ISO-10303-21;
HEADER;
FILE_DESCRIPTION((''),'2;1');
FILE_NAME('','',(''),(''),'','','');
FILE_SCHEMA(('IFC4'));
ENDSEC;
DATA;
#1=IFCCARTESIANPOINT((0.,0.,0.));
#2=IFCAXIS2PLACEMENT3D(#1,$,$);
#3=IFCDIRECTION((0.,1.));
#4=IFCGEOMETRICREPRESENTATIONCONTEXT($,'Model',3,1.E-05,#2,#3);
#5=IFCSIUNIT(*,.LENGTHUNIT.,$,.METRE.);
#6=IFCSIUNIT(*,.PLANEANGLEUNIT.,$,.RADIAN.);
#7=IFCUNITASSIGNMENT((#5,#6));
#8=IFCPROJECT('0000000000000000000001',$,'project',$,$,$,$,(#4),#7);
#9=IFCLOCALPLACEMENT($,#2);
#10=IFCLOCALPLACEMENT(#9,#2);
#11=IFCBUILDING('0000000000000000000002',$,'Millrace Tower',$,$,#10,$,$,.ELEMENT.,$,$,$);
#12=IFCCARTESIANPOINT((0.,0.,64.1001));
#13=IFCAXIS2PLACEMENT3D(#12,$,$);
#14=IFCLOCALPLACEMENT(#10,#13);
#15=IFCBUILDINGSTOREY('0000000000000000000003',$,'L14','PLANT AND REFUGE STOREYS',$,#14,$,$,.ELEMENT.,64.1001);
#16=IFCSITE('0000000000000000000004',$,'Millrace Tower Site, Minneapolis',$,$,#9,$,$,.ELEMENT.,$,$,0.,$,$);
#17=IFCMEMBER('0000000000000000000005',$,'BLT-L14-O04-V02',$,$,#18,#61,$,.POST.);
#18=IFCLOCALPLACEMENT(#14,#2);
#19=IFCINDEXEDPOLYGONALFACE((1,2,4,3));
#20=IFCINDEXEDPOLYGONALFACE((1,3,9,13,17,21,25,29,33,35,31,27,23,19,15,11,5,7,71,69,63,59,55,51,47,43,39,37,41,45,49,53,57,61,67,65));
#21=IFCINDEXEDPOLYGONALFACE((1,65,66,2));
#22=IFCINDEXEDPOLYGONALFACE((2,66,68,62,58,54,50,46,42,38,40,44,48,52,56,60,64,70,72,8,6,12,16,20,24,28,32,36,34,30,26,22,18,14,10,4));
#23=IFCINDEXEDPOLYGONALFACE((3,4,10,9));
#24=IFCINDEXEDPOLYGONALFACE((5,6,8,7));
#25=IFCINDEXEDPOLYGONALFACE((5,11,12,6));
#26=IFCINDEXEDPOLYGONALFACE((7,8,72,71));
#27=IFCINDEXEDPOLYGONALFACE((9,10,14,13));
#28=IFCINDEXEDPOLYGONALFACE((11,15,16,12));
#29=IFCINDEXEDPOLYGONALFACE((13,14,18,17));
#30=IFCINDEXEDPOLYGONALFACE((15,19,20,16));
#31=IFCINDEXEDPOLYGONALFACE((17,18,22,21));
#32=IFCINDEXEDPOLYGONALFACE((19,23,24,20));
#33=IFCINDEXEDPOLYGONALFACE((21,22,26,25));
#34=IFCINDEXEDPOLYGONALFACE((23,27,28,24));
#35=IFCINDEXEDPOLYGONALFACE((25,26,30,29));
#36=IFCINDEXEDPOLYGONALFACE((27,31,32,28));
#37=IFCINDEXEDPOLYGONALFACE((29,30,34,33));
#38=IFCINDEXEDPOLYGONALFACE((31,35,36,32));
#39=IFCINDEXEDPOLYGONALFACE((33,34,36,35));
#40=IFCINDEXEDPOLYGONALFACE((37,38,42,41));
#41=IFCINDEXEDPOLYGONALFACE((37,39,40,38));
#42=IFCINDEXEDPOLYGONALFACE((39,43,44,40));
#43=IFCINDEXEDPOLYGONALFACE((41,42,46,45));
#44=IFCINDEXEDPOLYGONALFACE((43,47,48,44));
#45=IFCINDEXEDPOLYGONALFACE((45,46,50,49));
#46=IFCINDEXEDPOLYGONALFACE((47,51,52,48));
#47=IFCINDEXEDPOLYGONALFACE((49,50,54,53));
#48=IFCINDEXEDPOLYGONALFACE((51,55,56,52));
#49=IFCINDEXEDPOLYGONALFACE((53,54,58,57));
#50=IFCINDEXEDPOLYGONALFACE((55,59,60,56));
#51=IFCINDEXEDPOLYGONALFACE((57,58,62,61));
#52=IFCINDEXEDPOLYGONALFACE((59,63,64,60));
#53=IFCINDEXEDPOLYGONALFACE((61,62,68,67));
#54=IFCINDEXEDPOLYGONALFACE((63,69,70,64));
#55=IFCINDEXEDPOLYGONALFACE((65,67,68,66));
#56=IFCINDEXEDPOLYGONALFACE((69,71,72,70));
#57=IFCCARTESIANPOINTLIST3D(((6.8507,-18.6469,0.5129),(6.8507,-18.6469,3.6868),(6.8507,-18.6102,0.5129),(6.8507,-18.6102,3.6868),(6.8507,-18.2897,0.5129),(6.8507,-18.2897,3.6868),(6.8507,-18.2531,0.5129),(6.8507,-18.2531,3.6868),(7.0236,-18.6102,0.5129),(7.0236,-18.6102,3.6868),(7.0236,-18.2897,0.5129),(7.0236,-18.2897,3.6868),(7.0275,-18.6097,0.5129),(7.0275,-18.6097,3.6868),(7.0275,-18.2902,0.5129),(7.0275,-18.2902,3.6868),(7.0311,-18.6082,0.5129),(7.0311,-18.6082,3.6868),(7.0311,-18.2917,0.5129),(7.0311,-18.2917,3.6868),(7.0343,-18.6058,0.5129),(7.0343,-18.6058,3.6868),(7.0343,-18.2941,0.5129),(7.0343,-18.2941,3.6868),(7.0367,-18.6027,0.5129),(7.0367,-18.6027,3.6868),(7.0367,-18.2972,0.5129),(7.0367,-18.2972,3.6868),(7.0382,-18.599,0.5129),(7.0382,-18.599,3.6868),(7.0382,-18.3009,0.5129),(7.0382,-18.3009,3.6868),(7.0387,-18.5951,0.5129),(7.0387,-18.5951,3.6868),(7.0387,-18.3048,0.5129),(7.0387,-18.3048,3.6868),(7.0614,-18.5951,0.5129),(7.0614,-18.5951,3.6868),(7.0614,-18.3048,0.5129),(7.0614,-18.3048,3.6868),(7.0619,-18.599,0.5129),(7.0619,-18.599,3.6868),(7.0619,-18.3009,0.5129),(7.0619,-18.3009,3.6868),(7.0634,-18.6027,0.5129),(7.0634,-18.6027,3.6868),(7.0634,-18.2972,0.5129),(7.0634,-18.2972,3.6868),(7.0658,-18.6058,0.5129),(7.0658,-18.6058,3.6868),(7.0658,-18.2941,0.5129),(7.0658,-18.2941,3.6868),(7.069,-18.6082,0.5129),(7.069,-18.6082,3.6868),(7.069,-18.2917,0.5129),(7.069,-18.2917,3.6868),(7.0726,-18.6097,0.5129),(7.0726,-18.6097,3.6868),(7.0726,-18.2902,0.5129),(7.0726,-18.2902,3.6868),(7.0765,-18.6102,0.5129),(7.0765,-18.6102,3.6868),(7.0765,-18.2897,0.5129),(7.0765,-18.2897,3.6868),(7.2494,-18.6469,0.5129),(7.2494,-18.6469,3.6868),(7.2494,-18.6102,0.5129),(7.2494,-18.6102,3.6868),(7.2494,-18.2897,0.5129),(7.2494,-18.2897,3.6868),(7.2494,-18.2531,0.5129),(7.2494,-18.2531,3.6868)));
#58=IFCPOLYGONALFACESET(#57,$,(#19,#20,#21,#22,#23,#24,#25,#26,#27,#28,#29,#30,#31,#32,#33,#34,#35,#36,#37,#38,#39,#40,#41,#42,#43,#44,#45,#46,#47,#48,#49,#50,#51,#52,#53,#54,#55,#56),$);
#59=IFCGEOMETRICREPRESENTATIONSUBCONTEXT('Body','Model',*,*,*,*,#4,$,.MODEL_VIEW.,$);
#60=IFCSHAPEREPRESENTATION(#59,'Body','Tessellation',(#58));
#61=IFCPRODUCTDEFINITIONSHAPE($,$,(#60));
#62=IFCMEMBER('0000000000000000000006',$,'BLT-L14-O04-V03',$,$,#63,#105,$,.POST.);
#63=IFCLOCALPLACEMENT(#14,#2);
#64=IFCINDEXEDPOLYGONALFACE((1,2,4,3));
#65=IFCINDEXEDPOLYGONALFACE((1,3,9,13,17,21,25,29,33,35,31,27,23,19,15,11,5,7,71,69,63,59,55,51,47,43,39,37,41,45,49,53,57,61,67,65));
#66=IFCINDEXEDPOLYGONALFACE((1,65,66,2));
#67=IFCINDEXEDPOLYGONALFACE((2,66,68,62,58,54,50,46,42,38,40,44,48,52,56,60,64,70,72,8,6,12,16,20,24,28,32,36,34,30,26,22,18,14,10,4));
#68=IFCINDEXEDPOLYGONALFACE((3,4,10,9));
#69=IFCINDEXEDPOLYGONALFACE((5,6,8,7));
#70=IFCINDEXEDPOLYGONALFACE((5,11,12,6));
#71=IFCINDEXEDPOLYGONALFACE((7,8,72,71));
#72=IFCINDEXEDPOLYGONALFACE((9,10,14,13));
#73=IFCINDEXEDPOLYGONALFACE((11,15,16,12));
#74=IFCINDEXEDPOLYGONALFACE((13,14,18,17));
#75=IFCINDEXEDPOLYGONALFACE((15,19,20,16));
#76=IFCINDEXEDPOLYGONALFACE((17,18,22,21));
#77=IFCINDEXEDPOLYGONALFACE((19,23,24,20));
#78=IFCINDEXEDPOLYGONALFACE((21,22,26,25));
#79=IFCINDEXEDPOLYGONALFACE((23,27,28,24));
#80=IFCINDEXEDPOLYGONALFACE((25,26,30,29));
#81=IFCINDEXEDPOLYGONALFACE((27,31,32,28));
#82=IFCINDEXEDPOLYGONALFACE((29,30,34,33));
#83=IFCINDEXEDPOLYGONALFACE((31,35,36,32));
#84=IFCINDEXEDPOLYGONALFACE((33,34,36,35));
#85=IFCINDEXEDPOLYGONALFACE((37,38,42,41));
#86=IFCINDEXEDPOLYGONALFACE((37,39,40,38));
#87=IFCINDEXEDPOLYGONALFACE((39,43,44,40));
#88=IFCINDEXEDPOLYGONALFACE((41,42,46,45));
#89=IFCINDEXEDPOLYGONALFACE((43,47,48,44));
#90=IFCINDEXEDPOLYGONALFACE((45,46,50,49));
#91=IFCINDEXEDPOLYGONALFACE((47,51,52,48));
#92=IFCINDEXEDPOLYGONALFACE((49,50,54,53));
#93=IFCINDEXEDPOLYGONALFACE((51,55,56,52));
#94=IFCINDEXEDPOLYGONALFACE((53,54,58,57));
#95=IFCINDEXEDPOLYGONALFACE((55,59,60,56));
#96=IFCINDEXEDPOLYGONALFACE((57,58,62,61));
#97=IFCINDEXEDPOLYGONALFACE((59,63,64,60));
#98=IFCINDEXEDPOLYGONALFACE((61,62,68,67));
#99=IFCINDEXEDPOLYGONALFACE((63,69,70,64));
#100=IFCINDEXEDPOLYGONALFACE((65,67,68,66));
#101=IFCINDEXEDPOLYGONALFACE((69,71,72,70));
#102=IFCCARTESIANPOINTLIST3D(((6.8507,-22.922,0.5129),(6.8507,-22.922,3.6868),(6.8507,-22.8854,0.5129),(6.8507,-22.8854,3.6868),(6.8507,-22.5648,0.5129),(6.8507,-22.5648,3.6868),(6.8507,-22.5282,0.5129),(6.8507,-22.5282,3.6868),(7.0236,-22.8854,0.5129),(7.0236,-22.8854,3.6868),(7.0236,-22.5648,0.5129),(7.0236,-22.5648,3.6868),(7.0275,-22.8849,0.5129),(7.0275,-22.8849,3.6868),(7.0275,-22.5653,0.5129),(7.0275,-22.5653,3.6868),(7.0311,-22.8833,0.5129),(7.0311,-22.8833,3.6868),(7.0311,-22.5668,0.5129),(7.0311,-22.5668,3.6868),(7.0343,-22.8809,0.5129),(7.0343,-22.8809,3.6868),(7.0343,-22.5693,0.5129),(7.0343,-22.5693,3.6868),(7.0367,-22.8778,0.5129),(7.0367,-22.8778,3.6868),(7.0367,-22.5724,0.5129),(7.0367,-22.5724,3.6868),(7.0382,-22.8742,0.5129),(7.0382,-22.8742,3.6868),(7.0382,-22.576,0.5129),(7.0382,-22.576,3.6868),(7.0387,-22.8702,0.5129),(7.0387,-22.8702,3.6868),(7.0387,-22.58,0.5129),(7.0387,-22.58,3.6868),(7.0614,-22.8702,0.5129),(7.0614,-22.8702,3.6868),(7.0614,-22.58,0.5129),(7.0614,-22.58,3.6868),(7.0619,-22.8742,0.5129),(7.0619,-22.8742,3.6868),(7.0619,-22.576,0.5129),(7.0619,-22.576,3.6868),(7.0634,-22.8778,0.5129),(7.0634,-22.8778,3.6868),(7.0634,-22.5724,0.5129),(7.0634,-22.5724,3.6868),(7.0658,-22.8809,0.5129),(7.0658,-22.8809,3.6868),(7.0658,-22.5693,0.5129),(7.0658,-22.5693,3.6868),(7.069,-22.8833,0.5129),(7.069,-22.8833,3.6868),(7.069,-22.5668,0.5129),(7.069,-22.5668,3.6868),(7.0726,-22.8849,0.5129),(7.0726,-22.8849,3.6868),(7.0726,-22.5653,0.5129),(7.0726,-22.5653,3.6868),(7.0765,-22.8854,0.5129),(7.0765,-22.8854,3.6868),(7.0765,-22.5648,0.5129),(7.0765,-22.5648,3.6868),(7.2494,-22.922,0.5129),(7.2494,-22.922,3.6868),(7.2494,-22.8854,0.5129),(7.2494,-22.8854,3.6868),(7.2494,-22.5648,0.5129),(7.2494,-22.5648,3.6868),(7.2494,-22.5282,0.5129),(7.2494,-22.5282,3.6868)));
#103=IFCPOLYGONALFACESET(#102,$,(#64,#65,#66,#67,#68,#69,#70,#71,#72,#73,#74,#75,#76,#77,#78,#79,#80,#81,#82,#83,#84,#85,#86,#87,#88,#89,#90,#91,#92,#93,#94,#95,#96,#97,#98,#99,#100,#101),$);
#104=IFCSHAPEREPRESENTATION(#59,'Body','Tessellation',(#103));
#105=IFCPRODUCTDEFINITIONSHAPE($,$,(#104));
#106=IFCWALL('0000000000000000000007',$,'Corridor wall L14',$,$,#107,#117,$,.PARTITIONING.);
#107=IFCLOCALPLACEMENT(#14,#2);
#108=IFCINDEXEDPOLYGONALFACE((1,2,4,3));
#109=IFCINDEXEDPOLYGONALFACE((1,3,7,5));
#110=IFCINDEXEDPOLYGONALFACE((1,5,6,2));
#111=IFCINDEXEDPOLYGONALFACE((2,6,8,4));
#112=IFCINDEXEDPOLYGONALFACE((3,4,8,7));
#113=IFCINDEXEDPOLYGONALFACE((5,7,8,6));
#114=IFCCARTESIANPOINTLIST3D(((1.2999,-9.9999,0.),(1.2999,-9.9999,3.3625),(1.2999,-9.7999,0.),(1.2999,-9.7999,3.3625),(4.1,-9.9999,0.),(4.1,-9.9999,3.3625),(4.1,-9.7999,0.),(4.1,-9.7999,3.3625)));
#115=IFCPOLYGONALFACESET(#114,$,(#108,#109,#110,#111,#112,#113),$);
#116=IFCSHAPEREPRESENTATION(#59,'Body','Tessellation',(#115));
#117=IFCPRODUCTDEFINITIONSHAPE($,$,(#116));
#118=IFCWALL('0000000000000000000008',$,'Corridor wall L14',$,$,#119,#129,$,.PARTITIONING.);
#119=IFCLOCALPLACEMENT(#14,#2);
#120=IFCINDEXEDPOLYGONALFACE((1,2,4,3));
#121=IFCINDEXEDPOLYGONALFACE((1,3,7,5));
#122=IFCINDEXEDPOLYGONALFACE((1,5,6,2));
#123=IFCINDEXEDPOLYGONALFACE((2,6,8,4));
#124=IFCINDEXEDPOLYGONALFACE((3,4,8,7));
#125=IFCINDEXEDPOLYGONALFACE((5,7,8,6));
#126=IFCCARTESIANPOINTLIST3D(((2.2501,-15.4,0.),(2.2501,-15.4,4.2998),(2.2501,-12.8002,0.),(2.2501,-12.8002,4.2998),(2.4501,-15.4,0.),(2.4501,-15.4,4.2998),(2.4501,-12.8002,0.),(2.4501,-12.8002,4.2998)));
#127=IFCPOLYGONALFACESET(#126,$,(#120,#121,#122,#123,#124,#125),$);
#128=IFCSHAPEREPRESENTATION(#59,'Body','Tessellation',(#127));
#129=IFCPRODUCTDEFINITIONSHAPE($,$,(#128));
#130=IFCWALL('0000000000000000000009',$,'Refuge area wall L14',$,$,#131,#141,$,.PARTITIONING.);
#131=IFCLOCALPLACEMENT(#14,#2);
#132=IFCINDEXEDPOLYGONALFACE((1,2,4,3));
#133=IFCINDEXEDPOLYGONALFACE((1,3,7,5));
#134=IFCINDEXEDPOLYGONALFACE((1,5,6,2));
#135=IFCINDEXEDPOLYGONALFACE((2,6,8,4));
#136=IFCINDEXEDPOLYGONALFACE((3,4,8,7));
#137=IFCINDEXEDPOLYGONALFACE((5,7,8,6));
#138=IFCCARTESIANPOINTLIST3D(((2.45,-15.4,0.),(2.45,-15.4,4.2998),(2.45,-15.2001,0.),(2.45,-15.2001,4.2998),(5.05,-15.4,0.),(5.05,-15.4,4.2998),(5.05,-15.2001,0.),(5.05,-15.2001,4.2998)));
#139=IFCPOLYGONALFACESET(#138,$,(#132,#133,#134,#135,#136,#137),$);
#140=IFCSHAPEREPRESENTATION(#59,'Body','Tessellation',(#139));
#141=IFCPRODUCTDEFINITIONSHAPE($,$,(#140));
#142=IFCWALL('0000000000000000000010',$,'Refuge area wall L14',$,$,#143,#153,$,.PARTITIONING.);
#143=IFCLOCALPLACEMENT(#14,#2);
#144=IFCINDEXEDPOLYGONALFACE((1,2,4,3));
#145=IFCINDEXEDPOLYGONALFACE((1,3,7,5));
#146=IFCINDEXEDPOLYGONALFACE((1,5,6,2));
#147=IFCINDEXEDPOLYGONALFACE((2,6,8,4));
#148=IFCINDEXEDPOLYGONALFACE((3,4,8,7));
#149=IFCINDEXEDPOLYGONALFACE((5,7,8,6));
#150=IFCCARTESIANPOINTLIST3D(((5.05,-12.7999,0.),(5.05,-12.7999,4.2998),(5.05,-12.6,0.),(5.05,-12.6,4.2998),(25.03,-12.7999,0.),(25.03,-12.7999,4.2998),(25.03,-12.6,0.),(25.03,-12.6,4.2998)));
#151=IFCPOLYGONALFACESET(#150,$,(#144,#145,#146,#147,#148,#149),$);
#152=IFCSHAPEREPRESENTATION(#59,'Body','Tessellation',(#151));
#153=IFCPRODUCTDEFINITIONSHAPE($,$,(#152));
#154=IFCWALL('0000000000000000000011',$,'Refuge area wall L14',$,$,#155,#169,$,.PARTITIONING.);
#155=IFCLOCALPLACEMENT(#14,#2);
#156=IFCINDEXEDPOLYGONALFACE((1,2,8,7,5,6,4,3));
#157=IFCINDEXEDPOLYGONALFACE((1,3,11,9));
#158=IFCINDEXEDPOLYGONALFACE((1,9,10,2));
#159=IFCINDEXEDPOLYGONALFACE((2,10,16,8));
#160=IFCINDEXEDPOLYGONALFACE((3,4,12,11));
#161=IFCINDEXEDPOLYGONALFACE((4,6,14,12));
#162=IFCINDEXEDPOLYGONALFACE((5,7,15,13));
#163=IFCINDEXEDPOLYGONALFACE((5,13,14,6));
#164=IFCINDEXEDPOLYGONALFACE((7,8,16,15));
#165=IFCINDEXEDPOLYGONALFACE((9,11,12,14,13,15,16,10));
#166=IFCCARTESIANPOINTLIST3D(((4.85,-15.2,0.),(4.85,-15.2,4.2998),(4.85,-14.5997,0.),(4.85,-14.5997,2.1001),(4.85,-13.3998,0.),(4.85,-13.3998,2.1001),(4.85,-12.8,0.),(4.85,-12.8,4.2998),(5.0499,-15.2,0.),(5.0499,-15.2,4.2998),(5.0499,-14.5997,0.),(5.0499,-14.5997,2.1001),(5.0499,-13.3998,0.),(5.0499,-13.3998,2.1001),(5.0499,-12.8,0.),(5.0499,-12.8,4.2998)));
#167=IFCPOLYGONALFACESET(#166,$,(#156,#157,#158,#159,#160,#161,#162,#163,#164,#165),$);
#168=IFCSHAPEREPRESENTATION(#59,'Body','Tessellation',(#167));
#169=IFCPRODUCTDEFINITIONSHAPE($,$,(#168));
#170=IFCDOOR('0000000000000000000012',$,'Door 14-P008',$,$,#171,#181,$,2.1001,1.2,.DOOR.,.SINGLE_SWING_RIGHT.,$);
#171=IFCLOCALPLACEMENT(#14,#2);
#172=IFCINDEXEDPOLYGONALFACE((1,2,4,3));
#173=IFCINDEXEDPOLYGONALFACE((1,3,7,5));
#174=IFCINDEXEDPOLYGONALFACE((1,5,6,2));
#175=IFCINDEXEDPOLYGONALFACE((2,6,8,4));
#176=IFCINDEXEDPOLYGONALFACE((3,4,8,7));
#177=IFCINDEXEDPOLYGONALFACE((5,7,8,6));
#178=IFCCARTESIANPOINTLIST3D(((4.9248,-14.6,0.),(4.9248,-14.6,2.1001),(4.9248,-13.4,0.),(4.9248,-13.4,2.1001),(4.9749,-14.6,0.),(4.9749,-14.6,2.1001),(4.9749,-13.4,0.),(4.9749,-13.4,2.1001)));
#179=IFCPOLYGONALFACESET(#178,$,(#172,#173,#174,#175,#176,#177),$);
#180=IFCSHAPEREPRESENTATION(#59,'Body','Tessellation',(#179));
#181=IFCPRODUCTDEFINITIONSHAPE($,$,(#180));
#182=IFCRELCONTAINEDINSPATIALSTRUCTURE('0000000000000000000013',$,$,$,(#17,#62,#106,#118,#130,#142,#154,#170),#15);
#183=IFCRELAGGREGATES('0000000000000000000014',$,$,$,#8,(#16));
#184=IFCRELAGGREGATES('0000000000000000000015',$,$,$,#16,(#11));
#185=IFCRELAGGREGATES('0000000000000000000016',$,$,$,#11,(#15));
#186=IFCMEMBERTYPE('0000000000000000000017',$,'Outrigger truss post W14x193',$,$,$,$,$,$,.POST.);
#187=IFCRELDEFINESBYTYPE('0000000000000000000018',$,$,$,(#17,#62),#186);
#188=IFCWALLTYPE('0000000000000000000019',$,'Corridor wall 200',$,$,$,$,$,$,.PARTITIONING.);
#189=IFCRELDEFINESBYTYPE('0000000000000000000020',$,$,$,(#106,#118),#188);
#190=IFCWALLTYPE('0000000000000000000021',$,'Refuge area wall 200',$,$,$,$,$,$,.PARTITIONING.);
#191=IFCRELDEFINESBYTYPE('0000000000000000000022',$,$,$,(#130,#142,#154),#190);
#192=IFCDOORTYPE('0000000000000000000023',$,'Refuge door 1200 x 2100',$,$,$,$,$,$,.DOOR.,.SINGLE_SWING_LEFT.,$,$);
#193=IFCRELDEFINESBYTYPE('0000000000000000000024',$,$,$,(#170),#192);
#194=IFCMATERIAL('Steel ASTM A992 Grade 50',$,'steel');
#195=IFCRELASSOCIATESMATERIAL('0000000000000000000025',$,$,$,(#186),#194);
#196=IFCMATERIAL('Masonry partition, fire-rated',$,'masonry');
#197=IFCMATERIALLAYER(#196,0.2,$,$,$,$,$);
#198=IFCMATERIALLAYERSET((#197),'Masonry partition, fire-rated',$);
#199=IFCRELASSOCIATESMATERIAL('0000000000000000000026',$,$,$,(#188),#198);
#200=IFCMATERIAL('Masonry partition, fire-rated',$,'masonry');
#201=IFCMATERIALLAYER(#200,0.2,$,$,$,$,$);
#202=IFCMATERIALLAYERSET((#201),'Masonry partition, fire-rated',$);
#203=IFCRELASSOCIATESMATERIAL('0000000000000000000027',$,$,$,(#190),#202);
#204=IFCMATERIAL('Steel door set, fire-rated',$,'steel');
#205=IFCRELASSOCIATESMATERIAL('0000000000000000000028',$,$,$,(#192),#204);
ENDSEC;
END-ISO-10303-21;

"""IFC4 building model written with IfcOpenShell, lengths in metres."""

from ifc_helpers import new_model, si_unit, direction, frame, frame_2d, origin, origin_2d, place, context, subcontext, project, spatial, rectangle, i_section, extrude, material, layer, layer_set, material_profile, profile_set, type_object, element, fill, save


model = new_model("IFC4")

# Units and contexts
model_context = context("Model", 3, precision=1e-05, world=origin(), true_north=direction((0.0, 1.0)))
body_context = subcontext(model_context, "Body", "Model", "MODEL_VIEW")
ifc_project = project(units=[si_unit("LENGTHUNIT", "METRE"), si_unit("PLANEANGLEUNIT", "RADIAN")], contexts=[model_context])

# Site, building, storey
site_placement = place(None, origin())
site = spatial("IfcSite", under=ifc_project, at=site_placement, Name="Millrace Tower Site, Minneapolis", CompositionType="ELEMENT", RefElevation=0.0)
building_placement = place(site_placement, origin())
building = spatial("IfcBuilding", under=site, at=building_placement, Name="Millrace Tower", CompositionType="ELEMENT")
storey_placement = place(building_placement, frame((0.0, 0.0, 64.1001)))
storey = spatial("IfcBuildingStorey", under=building, at=storey_placement, Name="L14", Description="PLANT AND REFUGE STOREYS", CompositionType="ELEMENT", Elevation=64.1001)

# Members
ifc_material_1 = material(Name="Steel ASTM A992 Grade 50", Category="steel")
ifc_material_profile_1 = material_profile(ifc_material_1, i_section(OverallWidth=0.3987, OverallDepth=0.3938, WebThickness=0.0227, FlangeThickness=0.0366, FilletRadius=0.0151, at=origin_2d()))
ifc_profile_set_1 = profile_set([ifc_material_profile_1], Name="Steel ASTM A992 Grade 50")
member_type_1 = type_object("IfcMemberType", Name="Outrigger truss post W14x193", PredefinedType="POST", material=ifc_profile_set_1)
for number, where, z_axis, x_axis, name in (
    (1, (7.05, -18.45, 0.5129), (0.0, 0.0, 1.0), (1.0, 0.0, 0.0), "BLT-L14-O04-V02"),
    (2, (7.05, -22.7251, 0.5129), (0.0, 0.0, 1.0), (1.0, 0.0, 0.0), "BLT-L14-O04-V03"),
):
    element("IfcMember", number, at=place(storey_placement, frame(where, z_axis=z_axis, x_axis=x_axis)), inside=storey, type_object=member_type_1, Name=name, PredefinedType="POST", context=body_context, shape_type="SweptSolid", body=[
        extrude(i_section(OverallWidth=0.3987, OverallDepth=0.3938, WebThickness=0.0227, FlangeThickness=0.0366, FilletRadius=0.0151, at=origin_2d()), origin(), (0.0, 0.0, 1.0), 3.1738),
    ])

# Walls
ifc_material_2 = material(Name="Masonry partition, fire-rated", Category="masonry")
ifc_layer_1 = layer(ifc_material_2, 0.2)
ifc_layer_set_1 = layer_set([ifc_layer_1], Name="Masonry partition, fire-rated")
wall_type_1 = type_object("IfcWallType", Name="Corridor wall 200", PredefinedType="PARTITIONING", material=ifc_layer_set_1)
wall_1_placement = place(storey_placement, frame((1.3, -9.8999, 0.0), z_axis=(0.0, 0.0, 1.0), x_axis=(1.0, 0.0, 0.0)))
element("IfcWall", 3, at=wall_1_placement, inside=storey, type_object=wall_type_1, Name="Corridor wall L14", PredefinedType="PARTITIONING", context=body_context, shape_type="SweptSolid", body=[
    extrude(rectangle(XDim=2.8, YDim=0.2, at=frame_2d((1.3999, 0.0))), origin(), (0.0, 0.0, 1.0), 3.3625),
])
wall_2_placement = place(storey_placement, frame((2.3501, -15.3999, 0.0), z_axis=(0.0, 0.0, 1.0), x_axis=(0.0, 1.0, 0.0)))
element("IfcWall", 4, at=wall_2_placement, inside=storey, type_object=wall_type_1, Name="Corridor wall L14", PredefinedType="PARTITIONING", context=body_context, shape_type="SweptSolid", body=[
    extrude(rectangle(XDim=2.5999, YDim=0.2, at=frame_2d((1.2998, 0.0))), origin(), (0.0, 0.0, 1.0), 4.2998),
])
ifc_material_3 = material(Name="Masonry partition, fire-rated", Category="masonry")
ifc_layer_2 = layer(ifc_material_3, 0.2)
ifc_layer_set_2 = layer_set([ifc_layer_2], Name="Masonry partition, fire-rated")
wall_type_2 = type_object("IfcWallType", Name="Refuge area wall 200", PredefinedType="PARTITIONING", material=ifc_layer_set_2)
wall_3_placement = place(storey_placement, frame((2.45, -15.3, 0.0), z_axis=(0.0, 0.0, 1.0), x_axis=(1.0, 0.0, 0.0)))
element("IfcWall", 5, at=wall_3_placement, inside=storey, type_object=wall_type_2, Name="Refuge area wall L14", PredefinedType="PARTITIONING", context=body_context, shape_type="SweptSolid", body=[
    extrude(rectangle(XDim=2.6001, YDim=0.2, at=frame_2d((1.3, 0.0))), origin(), (0.0, 0.0, 1.0), 4.2998),
])
wall_4_placement = place(storey_placement, frame((5.05, -12.7, 0.0), z_axis=(0.0, 0.0, 1.0), x_axis=(1.0, 0.0, 0.0)))
element("IfcWall", 6, at=wall_4_placement, inside=storey, type_object=wall_type_2, Name="Refuge area wall L14", PredefinedType="PARTITIONING", context=body_context, shape_type="SweptSolid", body=[
    extrude(rectangle(XDim=19.98, YDim=0.2, at=frame_2d((9.99, 0.0))), origin(), (0.0, 0.0, 1.0), 4.2998),
])

# Wall, opening, door
wall_5_placement = place(storey_placement, frame((4.95, -15.2, 0.0), z_axis=(0.0, 0.0, 1.0), x_axis=(0.0, 1.0, 0.0)))
wall_5 = element("IfcWall", 7, at=wall_5_placement, inside=storey, type_object=wall_type_2, Name="Refuge area wall L14", PredefinedType="PARTITIONING", context=body_context, shape_type="SweptSolid", body=[
    extrude(rectangle(XDim=2.3999, YDim=0.2, at=frame_2d((1.2, 0.0))), origin(), (0.0, 0.0, 1.0), 4.2998),
])
opening_placement = place(wall_5_placement, frame((0.6001, 0.0, 0.0)))
opening = element("IfcOpeningElement", 8, at=opening_placement, cuts=wall_5, PredefinedType="OPENING", context=body_context, shape_type="SweptSolid", body=[
    extrude(rectangle(XDim=1.2, YDim=2.1001, at=frame_2d((0.6001, 1.05))), frame((0.0, 0.1099, 0.0), z_axis=(0.0, -1.0, 0.0), x_axis=(1.0, 0.0, 0.0)), (0.0, 0.0, 1.0), 0.22),
])
ifc_material_4 = material(Name="Steel door set, fire-rated", Category="steel")
door_type = type_object("IfcDoorType", Name="Refuge door 1200 x 2100", OperationType="SINGLE_SWING_LEFT", PredefinedType="DOOR", material=ifc_material_4)
door_placement = place(opening_placement, frame((1.2, 0.0, 0.0), z_axis=(0.0, 0.0, 1.0), x_axis=(-1.0, 0.0, 0.0)))
door = element("IfcDoor", 9, at=door_placement, inside=storey, type_object=door_type, Name="Door 14-P008", OperationType="SINGLE_SWING_RIGHT", OverallHeight=2.1001, OverallWidth=1.2, PredefinedType="DOOR", context=body_context, shape_type="SweptSolid", body=[
    extrude(rectangle(XDim=1.2, YDim=2.1001, at=frame_2d((0.6001, 1.05))), frame((0.0, 0.0249, 0.0), z_axis=(0.0, -1.0, 0.0), x_axis=(1.0, 0.0, 0.0)), (0.0, 0.0, 1.0), 0.05),
])
fill(opening, door)

save(model, "model.ifc")
